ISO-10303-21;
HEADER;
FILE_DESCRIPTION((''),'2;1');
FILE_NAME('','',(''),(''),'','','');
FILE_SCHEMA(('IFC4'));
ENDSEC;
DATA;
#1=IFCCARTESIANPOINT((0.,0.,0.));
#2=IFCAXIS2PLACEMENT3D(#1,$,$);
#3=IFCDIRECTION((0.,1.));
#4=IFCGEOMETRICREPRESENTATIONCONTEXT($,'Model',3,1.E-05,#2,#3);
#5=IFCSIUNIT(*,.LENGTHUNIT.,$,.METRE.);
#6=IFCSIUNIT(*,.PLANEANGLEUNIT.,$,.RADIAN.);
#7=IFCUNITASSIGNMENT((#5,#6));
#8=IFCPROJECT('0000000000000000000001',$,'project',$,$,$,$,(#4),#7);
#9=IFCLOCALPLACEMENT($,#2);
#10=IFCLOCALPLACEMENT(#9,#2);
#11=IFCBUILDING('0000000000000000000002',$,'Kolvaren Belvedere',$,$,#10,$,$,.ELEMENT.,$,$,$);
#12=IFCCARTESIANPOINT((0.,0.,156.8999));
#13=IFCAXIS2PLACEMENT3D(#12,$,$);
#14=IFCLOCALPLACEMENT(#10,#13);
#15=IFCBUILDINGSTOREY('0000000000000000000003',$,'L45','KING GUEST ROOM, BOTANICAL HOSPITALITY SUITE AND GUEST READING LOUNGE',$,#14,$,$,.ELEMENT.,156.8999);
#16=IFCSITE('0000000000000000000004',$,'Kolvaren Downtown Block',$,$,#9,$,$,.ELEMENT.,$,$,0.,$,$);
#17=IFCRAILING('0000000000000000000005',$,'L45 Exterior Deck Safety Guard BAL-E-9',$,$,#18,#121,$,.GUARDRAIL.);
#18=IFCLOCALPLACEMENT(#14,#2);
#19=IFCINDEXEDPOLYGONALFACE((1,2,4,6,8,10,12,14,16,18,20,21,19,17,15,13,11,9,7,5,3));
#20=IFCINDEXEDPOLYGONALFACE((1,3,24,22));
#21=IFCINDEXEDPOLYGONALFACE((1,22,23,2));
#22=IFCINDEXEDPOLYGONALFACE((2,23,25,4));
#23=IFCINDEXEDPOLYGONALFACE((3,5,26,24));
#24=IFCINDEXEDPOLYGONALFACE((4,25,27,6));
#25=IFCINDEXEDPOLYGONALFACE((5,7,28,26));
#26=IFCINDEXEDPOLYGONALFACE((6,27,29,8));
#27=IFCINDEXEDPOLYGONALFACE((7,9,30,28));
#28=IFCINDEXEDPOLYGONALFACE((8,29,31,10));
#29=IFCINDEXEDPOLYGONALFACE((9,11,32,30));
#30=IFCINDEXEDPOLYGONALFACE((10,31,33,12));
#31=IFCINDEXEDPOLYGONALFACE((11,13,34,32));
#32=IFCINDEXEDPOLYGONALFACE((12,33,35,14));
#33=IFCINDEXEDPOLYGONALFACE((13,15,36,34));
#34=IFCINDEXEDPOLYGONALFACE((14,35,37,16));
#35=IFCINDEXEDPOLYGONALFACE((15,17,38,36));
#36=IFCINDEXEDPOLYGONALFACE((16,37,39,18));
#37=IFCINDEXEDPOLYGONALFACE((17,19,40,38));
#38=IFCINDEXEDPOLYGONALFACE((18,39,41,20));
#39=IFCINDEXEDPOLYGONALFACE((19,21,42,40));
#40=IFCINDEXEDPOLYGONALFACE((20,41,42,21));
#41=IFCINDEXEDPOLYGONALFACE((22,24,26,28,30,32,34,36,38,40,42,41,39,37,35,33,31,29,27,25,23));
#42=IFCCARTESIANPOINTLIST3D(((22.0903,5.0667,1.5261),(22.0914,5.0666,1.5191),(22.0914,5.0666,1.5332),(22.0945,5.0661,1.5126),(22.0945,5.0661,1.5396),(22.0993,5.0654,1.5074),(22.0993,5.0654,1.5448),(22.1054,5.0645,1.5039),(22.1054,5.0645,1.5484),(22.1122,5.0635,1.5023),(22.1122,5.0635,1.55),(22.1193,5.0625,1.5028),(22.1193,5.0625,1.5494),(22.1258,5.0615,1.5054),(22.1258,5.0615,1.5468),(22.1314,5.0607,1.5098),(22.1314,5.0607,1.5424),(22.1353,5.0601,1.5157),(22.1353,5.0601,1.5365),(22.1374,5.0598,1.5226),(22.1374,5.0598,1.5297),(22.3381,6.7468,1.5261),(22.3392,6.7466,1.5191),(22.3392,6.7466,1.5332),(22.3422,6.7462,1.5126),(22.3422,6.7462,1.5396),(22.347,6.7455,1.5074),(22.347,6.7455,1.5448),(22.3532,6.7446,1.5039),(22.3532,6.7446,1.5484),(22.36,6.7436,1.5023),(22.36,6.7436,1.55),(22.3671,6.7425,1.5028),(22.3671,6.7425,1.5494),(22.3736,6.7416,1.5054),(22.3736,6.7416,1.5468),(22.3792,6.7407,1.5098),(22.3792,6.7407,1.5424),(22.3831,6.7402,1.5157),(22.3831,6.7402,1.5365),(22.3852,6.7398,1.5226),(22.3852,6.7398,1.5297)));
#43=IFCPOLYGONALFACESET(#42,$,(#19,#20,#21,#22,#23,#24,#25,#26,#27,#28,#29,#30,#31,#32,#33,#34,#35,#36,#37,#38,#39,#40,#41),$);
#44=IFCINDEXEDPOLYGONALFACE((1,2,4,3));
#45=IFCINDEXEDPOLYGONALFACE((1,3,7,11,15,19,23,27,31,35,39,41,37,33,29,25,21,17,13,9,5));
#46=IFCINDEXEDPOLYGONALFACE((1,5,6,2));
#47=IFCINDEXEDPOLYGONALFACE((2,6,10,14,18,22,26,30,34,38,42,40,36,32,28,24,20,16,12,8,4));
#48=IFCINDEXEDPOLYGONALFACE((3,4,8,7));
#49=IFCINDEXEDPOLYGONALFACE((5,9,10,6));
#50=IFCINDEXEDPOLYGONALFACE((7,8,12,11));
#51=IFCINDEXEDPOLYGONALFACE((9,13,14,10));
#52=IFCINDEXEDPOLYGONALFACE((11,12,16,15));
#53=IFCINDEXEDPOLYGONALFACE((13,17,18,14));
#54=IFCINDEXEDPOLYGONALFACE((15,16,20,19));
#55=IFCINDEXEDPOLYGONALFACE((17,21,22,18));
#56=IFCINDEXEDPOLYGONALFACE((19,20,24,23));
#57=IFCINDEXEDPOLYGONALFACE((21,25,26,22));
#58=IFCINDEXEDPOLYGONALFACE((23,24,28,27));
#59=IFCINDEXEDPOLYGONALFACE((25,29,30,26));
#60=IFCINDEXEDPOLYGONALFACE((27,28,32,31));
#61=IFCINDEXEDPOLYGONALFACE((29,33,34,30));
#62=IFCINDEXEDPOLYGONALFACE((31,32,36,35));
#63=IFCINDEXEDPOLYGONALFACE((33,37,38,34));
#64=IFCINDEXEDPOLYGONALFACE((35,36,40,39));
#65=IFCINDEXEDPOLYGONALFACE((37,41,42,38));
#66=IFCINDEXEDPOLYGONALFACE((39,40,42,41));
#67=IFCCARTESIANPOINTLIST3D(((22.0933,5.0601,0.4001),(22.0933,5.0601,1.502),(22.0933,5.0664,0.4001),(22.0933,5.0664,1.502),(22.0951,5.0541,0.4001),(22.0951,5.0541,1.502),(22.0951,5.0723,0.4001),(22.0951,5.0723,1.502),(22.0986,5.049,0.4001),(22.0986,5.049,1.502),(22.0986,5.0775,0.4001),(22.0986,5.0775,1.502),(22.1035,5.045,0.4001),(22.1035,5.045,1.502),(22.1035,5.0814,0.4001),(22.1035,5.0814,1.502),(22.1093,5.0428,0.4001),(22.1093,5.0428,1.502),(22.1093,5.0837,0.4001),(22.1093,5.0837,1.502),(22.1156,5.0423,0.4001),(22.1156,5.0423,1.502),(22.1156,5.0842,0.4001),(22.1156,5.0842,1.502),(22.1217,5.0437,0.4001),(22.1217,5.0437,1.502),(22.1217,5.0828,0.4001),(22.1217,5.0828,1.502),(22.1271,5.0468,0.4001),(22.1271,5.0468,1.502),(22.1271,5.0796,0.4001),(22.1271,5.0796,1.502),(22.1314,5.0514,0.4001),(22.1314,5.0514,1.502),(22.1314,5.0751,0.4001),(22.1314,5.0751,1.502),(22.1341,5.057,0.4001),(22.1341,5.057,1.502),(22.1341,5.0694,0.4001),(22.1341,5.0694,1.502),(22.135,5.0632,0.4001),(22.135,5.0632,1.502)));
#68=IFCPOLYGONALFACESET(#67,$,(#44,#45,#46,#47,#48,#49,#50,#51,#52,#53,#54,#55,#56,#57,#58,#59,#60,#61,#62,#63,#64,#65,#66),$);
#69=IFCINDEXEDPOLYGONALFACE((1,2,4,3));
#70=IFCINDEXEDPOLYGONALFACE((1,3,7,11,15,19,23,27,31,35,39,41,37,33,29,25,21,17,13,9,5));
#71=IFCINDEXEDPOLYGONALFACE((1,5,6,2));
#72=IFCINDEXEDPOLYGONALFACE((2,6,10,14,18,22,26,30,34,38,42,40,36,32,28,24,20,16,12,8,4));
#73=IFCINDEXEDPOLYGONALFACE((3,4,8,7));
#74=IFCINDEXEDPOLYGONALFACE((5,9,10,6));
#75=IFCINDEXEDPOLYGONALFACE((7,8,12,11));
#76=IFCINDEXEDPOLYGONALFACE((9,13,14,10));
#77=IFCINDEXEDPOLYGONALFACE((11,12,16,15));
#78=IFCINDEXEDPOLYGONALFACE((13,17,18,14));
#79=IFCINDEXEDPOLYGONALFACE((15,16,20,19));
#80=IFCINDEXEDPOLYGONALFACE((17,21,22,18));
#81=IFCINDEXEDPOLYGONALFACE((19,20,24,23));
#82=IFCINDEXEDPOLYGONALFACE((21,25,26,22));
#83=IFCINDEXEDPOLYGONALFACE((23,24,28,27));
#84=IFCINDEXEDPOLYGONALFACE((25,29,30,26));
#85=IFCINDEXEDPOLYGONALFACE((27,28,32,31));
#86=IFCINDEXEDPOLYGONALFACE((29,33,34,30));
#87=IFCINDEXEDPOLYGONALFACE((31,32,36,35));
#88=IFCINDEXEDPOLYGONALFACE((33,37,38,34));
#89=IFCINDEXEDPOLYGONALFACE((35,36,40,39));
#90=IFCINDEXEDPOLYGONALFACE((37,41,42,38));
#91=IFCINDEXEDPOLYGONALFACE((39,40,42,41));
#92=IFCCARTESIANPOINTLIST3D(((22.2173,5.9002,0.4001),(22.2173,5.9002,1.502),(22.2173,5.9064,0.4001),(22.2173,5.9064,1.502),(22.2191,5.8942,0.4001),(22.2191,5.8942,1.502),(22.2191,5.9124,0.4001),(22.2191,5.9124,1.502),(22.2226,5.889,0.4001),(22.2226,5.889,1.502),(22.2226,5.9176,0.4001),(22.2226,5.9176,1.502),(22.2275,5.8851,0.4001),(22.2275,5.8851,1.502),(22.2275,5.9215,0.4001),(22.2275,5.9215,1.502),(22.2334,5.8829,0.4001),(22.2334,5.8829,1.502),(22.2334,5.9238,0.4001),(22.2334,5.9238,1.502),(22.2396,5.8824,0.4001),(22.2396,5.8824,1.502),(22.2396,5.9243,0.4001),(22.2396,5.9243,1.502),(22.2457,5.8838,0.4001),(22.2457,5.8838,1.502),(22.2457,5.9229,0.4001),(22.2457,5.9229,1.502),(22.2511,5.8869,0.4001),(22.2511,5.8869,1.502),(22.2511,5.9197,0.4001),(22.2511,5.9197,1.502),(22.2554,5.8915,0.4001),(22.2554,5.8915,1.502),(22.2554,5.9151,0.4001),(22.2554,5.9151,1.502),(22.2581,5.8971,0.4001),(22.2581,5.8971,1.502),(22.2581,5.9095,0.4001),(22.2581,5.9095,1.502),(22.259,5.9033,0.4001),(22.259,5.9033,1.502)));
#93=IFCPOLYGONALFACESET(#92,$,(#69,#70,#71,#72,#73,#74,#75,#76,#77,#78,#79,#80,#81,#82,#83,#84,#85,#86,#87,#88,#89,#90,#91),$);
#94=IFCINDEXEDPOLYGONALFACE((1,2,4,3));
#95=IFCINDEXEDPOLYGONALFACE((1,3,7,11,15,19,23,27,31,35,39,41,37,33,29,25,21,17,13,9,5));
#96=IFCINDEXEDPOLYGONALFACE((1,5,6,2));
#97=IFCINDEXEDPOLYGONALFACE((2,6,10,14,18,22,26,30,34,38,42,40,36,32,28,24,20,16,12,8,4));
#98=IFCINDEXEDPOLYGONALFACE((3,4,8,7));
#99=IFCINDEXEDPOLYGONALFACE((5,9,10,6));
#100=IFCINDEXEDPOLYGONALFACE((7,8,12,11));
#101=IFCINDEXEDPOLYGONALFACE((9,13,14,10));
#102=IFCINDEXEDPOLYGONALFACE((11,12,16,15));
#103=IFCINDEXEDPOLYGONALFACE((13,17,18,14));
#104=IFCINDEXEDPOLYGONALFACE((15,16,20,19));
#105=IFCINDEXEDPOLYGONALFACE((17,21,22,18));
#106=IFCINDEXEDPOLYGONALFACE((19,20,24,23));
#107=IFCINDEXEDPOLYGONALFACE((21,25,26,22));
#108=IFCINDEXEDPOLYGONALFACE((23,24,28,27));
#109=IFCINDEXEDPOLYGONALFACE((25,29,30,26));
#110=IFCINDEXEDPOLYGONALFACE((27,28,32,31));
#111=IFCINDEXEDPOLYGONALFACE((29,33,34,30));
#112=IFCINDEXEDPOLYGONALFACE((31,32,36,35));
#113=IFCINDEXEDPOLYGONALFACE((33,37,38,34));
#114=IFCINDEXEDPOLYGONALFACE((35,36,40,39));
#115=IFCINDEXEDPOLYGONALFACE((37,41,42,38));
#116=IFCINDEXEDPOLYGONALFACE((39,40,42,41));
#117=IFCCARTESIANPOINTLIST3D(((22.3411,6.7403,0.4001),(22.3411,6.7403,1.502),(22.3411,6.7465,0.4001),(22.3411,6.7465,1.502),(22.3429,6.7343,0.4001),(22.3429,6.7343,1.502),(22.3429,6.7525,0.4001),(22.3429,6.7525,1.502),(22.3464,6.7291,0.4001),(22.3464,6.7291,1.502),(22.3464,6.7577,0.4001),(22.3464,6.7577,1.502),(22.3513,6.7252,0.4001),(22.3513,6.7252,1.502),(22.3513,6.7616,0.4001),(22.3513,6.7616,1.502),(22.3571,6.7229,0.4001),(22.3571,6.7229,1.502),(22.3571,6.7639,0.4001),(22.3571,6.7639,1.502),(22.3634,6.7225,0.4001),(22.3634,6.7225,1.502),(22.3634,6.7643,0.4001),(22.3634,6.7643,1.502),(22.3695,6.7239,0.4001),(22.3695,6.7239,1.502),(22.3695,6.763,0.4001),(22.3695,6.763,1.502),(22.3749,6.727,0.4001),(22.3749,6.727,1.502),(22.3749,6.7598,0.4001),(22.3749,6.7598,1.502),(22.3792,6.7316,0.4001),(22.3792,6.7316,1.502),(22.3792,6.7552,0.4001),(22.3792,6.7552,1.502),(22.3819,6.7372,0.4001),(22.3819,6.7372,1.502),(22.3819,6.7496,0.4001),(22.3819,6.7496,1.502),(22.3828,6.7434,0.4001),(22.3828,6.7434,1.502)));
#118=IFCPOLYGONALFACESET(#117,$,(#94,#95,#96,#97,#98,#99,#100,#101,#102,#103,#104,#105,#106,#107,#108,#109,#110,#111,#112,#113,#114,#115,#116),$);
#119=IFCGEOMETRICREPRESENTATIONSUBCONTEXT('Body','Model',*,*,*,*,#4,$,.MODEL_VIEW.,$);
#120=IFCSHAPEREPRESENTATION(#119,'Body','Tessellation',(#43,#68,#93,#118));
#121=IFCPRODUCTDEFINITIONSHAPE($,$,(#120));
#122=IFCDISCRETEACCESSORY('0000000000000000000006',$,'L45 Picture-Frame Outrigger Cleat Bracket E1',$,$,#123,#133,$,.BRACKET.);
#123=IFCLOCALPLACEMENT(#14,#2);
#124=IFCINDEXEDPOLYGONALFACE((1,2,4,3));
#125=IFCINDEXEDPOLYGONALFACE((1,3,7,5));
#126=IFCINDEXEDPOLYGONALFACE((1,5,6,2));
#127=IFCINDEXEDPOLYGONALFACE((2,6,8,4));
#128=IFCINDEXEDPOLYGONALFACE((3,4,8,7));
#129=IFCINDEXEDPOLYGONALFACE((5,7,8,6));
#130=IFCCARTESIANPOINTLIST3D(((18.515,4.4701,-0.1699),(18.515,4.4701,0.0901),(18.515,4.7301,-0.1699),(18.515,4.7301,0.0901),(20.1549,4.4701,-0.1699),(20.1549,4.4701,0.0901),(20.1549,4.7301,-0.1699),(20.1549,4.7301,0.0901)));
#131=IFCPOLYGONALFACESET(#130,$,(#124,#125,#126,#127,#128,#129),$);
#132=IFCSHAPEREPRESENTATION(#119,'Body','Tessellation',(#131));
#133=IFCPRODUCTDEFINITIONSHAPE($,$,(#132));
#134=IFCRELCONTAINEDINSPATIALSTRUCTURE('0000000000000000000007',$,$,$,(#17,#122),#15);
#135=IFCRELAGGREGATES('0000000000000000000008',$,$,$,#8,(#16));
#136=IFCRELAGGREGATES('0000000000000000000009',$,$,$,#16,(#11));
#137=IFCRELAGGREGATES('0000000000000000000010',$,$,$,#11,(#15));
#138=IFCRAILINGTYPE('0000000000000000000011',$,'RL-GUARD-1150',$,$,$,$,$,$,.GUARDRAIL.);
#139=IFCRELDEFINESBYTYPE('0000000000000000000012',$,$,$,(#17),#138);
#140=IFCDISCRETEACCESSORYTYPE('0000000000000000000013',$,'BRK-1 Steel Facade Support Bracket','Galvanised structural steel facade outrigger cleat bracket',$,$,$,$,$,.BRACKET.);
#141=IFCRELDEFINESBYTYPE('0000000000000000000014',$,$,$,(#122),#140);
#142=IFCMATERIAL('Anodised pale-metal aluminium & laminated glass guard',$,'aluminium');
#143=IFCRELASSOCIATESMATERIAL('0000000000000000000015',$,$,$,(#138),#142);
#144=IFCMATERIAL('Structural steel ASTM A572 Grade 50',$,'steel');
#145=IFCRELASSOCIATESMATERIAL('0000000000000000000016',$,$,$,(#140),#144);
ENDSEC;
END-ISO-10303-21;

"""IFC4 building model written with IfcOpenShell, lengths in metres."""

from ifc_helpers import new_model, si_unit, direction, frame, origin, origin_2d, place, context, subcontext, project, spatial, rectangle, circle, extrude, material, type_object, element, save


model = new_model("IFC4")

# Units and contexts
model_context = context("Model", 3, precision=1e-05, world=origin(), true_north=direction((0.0, 1.0)))
body_context = subcontext(model_context, "Body", "Model", "MODEL_VIEW")
ifc_project = project(units=[si_unit("LENGTHUNIT", "METRE"), si_unit("PLANEANGLEUNIT", "RADIAN")], contexts=[model_context])

# Site, building, storey
site_placement = place(None, origin())
site = spatial("IfcSite", under=ifc_project, at=site_placement, Name="Kolvaren Downtown Block", CompositionType="ELEMENT", RefElevation=0.0)
building_placement = place(site_placement, origin())
building = spatial("IfcBuilding", under=site, at=building_placement, Name="Kolvaren Belvedere", CompositionType="ELEMENT")
storey_placement = place(building_placement, frame((0.0, 0.0, 156.8999)))
storey = spatial("IfcBuildingStorey", under=building, at=storey_placement, Name="L45", Description="KING GUEST ROOM, BOTANICAL HOSPITALITY SUITE AND GUEST READING LOUNGE", CompositionType="ELEMENT", Elevation=156.8999)

# Railing
ifc_material_1 = material(Name="Anodised pale-metal aluminium & laminated glass guard", Category="aluminium")
railing_type = type_object("IfcRailingType", Name="RL-GUARD-1150", PredefinedType="GUARDRAIL", material=ifc_material_1)
railing_1_placement = place(storey_placement, frame((22.114, 5.0632, 0.4001)))
element("IfcRailing", 1, at=railing_1_placement, inside=storey, type_object=railing_type, Name="L45 Exterior Deck Safety Guard BAL-E-9", PredefinedType="GUARDRAIL", context=body_context, shape_type="SweptSolid", body=[
    extrude(circle(Radius=0.0239, at=origin_2d()), frame((0.0, 0.0, 1.126), z_axis=(0.145908, 0.989298, 0.0), x_axis=(-0.989298, 0.145908, 0.0)), (0.0, 0.0, 1.0), 1.6982),
    extrude(circle(Radius=0.021, at=origin_2d()), origin(), (0.0, 0.0, 1.0), 1.1018),
    extrude(circle(Radius=0.021, at=origin_2d()), frame((0.124, 0.8401, 0.0)), (0.0, 0.0, 1.0), 1.1018),
    extrude(circle(Radius=0.021, at=origin_2d()), frame((0.2478, 1.6802, 0.0)), (0.0, 0.0, 1.0), 1.1018),
])

# Discrete accessory
ifc_material_2 = material(Name="Structural steel ASTM A572 Grade 50", Category="steel")
discrete_accessory_type = type_object("IfcDiscreteAccessoryType", Name="BRK-1 Steel Facade Support Bracket", Description="Galvanised structural steel facade outrigger cleat bracket", PredefinedType="BRACKET", material=ifc_material_2)
discrete_accessory_placement = place(storey_placement, frame((19.335, 4.6001, -0.1699), z_axis=(0.0, 0.0, 1.0), x_axis=(1.0, 0.0, 0.0)))
element("IfcDiscreteAccessory", 2, at=discrete_accessory_placement, inside=storey, type_object=discrete_accessory_type, Name="L45 Picture-Frame Outrigger Cleat Bracket E1", PredefinedType="BRACKET", context=body_context, shape_type="SweptSolid", body=[
    extrude(rectangle(XDim=1.6399, YDim=0.26, at=origin_2d()), origin(), (0.0, 0.0, 1.0), 0.26),
])

save(model, "model.ifc")
